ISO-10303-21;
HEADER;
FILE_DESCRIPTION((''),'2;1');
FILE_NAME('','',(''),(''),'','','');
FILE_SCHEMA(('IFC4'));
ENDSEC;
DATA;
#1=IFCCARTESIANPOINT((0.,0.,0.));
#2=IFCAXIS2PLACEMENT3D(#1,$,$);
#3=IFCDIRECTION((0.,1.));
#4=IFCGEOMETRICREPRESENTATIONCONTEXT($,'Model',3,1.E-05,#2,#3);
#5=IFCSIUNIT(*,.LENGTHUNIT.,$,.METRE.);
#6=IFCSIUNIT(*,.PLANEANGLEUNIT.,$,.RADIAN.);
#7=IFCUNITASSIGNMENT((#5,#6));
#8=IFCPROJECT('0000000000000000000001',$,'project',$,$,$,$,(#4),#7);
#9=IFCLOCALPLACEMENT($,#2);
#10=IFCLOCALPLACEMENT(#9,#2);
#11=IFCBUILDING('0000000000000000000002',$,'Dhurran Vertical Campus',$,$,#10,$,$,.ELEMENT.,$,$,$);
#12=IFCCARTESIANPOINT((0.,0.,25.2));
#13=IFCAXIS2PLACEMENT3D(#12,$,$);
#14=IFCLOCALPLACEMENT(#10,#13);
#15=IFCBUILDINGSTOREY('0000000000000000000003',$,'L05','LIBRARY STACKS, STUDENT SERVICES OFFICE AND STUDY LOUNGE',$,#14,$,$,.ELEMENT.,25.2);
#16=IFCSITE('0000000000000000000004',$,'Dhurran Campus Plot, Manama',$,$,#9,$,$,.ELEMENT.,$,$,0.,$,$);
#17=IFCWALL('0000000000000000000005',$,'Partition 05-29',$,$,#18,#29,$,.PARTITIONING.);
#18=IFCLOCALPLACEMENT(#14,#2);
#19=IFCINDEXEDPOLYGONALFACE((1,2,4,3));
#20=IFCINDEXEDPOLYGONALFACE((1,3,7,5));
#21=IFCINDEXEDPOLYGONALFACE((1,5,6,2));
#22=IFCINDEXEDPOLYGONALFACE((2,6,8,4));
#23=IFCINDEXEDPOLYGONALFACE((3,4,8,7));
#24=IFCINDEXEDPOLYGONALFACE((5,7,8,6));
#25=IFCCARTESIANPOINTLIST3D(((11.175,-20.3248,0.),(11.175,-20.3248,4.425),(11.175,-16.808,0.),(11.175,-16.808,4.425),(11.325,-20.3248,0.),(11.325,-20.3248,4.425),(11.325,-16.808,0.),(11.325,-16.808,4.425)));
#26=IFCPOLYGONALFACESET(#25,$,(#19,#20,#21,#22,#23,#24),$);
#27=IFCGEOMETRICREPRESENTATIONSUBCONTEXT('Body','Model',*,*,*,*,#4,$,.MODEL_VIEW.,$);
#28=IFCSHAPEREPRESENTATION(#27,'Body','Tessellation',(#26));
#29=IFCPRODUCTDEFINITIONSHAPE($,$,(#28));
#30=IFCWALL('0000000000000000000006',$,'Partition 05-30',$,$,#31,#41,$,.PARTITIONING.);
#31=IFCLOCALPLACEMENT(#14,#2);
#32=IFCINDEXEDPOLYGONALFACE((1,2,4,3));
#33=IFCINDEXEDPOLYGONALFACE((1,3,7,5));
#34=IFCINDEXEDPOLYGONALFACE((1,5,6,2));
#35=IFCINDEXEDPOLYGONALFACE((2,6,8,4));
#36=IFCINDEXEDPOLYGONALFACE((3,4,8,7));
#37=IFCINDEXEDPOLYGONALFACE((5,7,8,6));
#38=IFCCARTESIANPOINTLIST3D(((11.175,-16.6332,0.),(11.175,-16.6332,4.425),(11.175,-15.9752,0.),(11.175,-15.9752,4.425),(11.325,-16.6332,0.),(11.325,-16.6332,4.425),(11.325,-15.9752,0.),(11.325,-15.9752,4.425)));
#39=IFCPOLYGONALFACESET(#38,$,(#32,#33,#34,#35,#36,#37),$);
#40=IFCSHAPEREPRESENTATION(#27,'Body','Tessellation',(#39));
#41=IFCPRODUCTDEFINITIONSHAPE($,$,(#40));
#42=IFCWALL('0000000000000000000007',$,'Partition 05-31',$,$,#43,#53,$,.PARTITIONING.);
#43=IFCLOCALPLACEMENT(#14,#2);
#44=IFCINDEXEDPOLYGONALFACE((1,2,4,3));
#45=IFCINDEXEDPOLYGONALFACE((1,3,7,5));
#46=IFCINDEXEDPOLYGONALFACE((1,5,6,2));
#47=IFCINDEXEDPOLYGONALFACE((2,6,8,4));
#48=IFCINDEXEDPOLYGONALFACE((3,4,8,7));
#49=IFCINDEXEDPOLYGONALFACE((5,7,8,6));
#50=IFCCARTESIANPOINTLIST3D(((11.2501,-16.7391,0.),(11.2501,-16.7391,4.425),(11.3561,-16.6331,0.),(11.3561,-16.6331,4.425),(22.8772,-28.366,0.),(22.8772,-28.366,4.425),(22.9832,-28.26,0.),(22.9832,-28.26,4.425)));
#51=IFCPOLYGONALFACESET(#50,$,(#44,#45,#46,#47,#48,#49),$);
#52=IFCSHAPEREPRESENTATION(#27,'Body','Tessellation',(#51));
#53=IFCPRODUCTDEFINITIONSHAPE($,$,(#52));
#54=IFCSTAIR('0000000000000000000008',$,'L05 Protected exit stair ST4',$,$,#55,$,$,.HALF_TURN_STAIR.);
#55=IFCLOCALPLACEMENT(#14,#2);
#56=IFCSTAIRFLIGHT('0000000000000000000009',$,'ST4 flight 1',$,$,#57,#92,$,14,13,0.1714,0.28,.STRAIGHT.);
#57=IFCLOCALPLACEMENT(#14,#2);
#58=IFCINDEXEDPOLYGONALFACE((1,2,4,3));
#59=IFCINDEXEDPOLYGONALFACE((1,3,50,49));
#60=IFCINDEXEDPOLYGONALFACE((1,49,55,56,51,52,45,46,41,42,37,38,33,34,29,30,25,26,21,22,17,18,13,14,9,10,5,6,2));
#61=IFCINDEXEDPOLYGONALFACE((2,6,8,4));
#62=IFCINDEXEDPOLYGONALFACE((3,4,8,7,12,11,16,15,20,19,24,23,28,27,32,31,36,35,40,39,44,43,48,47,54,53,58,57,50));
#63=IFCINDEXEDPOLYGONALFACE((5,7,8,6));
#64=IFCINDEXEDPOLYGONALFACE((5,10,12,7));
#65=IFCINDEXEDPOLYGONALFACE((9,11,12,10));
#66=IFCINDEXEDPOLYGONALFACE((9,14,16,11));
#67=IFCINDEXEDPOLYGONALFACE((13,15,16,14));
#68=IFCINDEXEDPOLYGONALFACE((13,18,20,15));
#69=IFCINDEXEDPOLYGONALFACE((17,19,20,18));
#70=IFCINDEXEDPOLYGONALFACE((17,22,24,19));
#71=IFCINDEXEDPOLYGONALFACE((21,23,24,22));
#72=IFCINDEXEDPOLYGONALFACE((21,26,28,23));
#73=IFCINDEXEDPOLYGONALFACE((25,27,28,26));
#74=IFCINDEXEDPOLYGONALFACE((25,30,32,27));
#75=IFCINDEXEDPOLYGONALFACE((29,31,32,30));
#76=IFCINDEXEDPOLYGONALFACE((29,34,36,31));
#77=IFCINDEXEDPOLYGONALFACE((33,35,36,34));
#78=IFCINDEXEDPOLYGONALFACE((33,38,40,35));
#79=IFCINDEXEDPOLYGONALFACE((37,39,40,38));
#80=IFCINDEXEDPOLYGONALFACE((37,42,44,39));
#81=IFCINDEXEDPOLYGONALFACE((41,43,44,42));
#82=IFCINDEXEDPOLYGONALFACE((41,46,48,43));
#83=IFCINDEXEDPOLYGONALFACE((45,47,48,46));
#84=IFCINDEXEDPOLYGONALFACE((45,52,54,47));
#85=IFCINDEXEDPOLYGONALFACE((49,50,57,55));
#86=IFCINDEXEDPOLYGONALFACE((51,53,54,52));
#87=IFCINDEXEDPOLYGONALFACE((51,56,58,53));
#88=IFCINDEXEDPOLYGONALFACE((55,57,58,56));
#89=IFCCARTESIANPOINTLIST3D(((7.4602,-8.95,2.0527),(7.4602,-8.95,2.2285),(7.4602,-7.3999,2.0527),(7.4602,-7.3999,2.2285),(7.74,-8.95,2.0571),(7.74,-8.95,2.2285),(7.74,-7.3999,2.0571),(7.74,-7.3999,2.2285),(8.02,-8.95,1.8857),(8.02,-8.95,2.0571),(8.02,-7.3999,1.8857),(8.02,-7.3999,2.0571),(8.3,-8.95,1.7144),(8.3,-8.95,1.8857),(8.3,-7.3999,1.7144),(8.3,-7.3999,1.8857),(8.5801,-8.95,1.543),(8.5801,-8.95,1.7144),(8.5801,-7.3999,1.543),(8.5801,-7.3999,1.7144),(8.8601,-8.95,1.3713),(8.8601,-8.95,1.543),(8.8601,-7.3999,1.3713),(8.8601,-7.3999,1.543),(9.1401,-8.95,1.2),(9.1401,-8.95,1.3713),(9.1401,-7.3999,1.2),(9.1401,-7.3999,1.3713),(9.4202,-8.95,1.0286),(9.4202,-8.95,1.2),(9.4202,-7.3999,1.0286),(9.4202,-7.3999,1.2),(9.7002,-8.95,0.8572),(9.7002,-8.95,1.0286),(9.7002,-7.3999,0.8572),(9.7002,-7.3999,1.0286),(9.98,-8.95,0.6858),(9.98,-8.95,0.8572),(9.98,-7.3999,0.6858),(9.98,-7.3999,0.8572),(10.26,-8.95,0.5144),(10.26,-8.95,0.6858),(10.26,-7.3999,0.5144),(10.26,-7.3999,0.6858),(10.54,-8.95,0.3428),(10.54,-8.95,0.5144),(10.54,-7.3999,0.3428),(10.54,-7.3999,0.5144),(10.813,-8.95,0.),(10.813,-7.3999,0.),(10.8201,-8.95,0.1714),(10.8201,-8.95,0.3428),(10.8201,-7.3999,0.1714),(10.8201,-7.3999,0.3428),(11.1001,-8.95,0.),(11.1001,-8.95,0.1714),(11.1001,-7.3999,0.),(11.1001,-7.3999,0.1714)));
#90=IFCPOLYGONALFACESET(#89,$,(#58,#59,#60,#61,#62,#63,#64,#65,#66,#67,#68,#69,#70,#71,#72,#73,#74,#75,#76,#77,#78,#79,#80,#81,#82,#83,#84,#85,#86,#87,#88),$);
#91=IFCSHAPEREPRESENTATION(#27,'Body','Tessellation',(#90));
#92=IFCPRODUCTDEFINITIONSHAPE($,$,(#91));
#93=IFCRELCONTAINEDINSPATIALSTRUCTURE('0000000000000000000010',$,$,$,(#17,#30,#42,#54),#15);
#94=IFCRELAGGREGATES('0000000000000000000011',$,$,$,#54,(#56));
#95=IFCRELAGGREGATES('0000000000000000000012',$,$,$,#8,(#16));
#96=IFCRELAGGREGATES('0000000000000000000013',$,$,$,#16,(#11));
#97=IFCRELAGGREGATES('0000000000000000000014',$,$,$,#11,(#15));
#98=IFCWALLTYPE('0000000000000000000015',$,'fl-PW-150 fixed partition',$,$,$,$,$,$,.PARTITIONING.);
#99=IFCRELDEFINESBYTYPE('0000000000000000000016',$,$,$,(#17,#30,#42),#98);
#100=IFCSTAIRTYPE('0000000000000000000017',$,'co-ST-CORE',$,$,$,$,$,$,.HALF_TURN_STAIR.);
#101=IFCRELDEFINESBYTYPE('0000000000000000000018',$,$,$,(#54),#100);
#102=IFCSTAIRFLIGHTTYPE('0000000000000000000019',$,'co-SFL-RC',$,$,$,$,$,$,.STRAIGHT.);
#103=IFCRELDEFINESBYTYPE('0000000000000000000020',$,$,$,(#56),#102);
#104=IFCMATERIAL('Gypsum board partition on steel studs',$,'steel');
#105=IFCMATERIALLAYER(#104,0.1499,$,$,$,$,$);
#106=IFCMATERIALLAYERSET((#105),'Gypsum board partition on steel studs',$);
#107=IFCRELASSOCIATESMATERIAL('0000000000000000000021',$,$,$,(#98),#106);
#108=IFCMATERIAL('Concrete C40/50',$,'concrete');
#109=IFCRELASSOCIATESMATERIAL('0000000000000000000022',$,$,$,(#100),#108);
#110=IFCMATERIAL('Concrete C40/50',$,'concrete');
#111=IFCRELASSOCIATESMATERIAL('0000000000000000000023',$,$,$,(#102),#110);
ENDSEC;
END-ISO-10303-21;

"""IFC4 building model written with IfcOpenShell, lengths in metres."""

from ifc_helpers import new_model, si_unit, direction, frame, frame_2d, origin, place, context, subcontext, project, spatial, polyline, rectangle, outline, extrude, material, layer, layer_set, type_object, element, aggregate, save


model = new_model("IFC4")

# Units and contexts
model_context = context("Model", 3, precision=1e-05, world=origin(), true_north=direction((0.0, 1.0)))
body_context = subcontext(model_context, "Body", "Model", "MODEL_VIEW")
ifc_project = project(units=[si_unit("LENGTHUNIT", "METRE"), si_unit("PLANEANGLEUNIT", "RADIAN")], contexts=[model_context])

# Site, building, storey
site_placement = place(None, origin())
site = spatial("IfcSite", under=ifc_project, at=site_placement, Name="Dhurran Campus Plot, Manama", CompositionType="ELEMENT", RefElevation=0.0)
building_placement = place(site_placement, origin())
building = spatial("IfcBuilding", under=site, at=building_placement, Name="Dhurran Vertical Campus", CompositionType="ELEMENT")
storey_placement = place(building_placement, frame((0.0, 0.0, 25.2)))
storey = spatial("IfcBuildingStorey", under=building, at=storey_placement, Name="L05", Description="LIBRARY STACKS, STUDENT SERVICES OFFICE AND STUDY LOUNGE", CompositionType="ELEMENT", Elevation=25.2)

# Walls
ifc_material_1 = material(Name="Gypsum board partition on steel studs", Category="steel")
ifc_layer_1 = layer(ifc_material_1, 0.1499)
ifc_layer_set_1 = layer_set([ifc_layer_1], Name="Gypsum board partition on steel studs")
wall_type_1 = type_object("IfcWallType", Name="fl-PW-150 fixed partition", PredefinedType="PARTITIONING", material=ifc_layer_set_1)
wall_1_placement = place(storey_placement, frame((11.25, -16.8081, 0.0), z_axis=(0.0, 0.0, 1.0), x_axis=(0.0, -1.0, 0.0)))
element("IfcWall", 1, at=wall_1_placement, inside=storey, type_object=wall_type_1, Name="Partition 05-29", PredefinedType="PARTITIONING", context=body_context, shape_type="SweptSolid", body=[
    extrude(rectangle(XDim=3.5168, YDim=0.1499, at=frame_2d((1.7583, 0.0))), origin(), (0.0, 0.0, 1.0), 4.425),
])
wall_2_placement = place(storey_placement, frame((11.25, -15.9751, 0.0), z_axis=(0.0, 0.0, 1.0), x_axis=(0.0, -1.0, 0.0)))
element("IfcWall", 2, at=wall_2_placement, inside=storey, type_object=wall_type_1, Name="Partition 05-30", PredefinedType="PARTITIONING", context=body_context, shape_type="SweptSolid", body=[
    extrude(rectangle(XDim=0.658, YDim=0.1499, at=frame_2d((0.3291, 0.0))), origin(), (0.0, 0.0, 1.0), 4.425),
])
wall_3_placement = place(storey_placement, frame((11.303, -16.686, 0.0), z_axis=(0.0, 0.0, 1.0), x_axis=(0.707114, -0.707099, 0.0)))
element("IfcWall", 3, at=wall_3_placement, inside=storey, type_object=wall_type_1, Name="Partition 05-31", PredefinedType="PARTITIONING", context=body_context, shape_type="SweptSolid", body=[
    extrude(rectangle(XDim=16.4431, YDim=0.1499, at=frame_2d((8.2217, 0.0))), origin(), (0.0, 0.0, 1.0), 4.425),
])

# Stair, stair flight
ifc_material_2 = material(Name="Concrete C40/50", Category="concrete")
stair_type = type_object("IfcStairType", Name="co-ST-CORE", PredefinedType="HALF_TURN_STAIR", material=ifc_material_2)
stair_placement = place(storey_placement, origin())
stair = element("IfcStair", 4, at=stair_placement, inside=storey, type_object=stair_type, Name="L05 Protected exit stair ST4", PredefinedType="HALF_TURN_STAIR")
ifc_material_3 = material(Name="Concrete C40/50", Category="concrete")
stair_flight_type = type_object("IfcStairFlightType", Name="co-SFL-RC", PredefinedType="STRAIGHT", material=ifc_material_3)
stair_flight_placement = place(storey_placement, frame((11.1001, -8.175, 0.0), z_axis=(0.0, 0.0, 1.0), x_axis=(-1.0, 0.0, 0.0)))
stair_flight = element("IfcStairFlight", 5, at=stair_flight_placement, type_object=stair_flight_type, Name="ST4 flight 1", NumberOfRisers=14, NumberOfTreads=13, PredefinedType="STRAIGHT", RiserHeight=0.1714, TreadLength=0.28, context=body_context, shape_type="SweptSolid", body=[
    extrude(outline(polyline([(0.0, 0.0), (0.0, 0.1714), (0.28, 0.1714), (0.28, 0.3428), (0.5601, 0.3428), (0.5601, 0.5144), (0.8401, 0.5144), (0.8401, 0.6858), (1.1201, 0.6858), (1.1201, 0.8572), (1.3999, 0.8572), (1.3999, 1.0286), (1.6799, 1.0286), (1.6799, 1.2), (1.96, 1.2), (1.96, 1.3713), (2.24, 1.3713), (2.24, 1.543), (2.52, 1.543), (2.52, 1.7144), (2.8, 1.7144), (2.8, 1.8857), (3.0801, 1.8857), (3.0801, 2.0571), (3.3601, 2.0571), (3.3601, 2.2285), (3.6399, 2.2285), (3.6399, 2.3999), (3.6399, 2.0527), (0.2871, 0.0), (0.0, 0.0)])), frame((0.0, 0.7749, 0.0), z_axis=(0.0, -1.0, 0.0), x_axis=(1.0, 0.0, 0.0)), (0.0, 0.0, 1.0), 1.55),
])
aggregate(stair, [stair_flight])

save(model, "model.ifc")
